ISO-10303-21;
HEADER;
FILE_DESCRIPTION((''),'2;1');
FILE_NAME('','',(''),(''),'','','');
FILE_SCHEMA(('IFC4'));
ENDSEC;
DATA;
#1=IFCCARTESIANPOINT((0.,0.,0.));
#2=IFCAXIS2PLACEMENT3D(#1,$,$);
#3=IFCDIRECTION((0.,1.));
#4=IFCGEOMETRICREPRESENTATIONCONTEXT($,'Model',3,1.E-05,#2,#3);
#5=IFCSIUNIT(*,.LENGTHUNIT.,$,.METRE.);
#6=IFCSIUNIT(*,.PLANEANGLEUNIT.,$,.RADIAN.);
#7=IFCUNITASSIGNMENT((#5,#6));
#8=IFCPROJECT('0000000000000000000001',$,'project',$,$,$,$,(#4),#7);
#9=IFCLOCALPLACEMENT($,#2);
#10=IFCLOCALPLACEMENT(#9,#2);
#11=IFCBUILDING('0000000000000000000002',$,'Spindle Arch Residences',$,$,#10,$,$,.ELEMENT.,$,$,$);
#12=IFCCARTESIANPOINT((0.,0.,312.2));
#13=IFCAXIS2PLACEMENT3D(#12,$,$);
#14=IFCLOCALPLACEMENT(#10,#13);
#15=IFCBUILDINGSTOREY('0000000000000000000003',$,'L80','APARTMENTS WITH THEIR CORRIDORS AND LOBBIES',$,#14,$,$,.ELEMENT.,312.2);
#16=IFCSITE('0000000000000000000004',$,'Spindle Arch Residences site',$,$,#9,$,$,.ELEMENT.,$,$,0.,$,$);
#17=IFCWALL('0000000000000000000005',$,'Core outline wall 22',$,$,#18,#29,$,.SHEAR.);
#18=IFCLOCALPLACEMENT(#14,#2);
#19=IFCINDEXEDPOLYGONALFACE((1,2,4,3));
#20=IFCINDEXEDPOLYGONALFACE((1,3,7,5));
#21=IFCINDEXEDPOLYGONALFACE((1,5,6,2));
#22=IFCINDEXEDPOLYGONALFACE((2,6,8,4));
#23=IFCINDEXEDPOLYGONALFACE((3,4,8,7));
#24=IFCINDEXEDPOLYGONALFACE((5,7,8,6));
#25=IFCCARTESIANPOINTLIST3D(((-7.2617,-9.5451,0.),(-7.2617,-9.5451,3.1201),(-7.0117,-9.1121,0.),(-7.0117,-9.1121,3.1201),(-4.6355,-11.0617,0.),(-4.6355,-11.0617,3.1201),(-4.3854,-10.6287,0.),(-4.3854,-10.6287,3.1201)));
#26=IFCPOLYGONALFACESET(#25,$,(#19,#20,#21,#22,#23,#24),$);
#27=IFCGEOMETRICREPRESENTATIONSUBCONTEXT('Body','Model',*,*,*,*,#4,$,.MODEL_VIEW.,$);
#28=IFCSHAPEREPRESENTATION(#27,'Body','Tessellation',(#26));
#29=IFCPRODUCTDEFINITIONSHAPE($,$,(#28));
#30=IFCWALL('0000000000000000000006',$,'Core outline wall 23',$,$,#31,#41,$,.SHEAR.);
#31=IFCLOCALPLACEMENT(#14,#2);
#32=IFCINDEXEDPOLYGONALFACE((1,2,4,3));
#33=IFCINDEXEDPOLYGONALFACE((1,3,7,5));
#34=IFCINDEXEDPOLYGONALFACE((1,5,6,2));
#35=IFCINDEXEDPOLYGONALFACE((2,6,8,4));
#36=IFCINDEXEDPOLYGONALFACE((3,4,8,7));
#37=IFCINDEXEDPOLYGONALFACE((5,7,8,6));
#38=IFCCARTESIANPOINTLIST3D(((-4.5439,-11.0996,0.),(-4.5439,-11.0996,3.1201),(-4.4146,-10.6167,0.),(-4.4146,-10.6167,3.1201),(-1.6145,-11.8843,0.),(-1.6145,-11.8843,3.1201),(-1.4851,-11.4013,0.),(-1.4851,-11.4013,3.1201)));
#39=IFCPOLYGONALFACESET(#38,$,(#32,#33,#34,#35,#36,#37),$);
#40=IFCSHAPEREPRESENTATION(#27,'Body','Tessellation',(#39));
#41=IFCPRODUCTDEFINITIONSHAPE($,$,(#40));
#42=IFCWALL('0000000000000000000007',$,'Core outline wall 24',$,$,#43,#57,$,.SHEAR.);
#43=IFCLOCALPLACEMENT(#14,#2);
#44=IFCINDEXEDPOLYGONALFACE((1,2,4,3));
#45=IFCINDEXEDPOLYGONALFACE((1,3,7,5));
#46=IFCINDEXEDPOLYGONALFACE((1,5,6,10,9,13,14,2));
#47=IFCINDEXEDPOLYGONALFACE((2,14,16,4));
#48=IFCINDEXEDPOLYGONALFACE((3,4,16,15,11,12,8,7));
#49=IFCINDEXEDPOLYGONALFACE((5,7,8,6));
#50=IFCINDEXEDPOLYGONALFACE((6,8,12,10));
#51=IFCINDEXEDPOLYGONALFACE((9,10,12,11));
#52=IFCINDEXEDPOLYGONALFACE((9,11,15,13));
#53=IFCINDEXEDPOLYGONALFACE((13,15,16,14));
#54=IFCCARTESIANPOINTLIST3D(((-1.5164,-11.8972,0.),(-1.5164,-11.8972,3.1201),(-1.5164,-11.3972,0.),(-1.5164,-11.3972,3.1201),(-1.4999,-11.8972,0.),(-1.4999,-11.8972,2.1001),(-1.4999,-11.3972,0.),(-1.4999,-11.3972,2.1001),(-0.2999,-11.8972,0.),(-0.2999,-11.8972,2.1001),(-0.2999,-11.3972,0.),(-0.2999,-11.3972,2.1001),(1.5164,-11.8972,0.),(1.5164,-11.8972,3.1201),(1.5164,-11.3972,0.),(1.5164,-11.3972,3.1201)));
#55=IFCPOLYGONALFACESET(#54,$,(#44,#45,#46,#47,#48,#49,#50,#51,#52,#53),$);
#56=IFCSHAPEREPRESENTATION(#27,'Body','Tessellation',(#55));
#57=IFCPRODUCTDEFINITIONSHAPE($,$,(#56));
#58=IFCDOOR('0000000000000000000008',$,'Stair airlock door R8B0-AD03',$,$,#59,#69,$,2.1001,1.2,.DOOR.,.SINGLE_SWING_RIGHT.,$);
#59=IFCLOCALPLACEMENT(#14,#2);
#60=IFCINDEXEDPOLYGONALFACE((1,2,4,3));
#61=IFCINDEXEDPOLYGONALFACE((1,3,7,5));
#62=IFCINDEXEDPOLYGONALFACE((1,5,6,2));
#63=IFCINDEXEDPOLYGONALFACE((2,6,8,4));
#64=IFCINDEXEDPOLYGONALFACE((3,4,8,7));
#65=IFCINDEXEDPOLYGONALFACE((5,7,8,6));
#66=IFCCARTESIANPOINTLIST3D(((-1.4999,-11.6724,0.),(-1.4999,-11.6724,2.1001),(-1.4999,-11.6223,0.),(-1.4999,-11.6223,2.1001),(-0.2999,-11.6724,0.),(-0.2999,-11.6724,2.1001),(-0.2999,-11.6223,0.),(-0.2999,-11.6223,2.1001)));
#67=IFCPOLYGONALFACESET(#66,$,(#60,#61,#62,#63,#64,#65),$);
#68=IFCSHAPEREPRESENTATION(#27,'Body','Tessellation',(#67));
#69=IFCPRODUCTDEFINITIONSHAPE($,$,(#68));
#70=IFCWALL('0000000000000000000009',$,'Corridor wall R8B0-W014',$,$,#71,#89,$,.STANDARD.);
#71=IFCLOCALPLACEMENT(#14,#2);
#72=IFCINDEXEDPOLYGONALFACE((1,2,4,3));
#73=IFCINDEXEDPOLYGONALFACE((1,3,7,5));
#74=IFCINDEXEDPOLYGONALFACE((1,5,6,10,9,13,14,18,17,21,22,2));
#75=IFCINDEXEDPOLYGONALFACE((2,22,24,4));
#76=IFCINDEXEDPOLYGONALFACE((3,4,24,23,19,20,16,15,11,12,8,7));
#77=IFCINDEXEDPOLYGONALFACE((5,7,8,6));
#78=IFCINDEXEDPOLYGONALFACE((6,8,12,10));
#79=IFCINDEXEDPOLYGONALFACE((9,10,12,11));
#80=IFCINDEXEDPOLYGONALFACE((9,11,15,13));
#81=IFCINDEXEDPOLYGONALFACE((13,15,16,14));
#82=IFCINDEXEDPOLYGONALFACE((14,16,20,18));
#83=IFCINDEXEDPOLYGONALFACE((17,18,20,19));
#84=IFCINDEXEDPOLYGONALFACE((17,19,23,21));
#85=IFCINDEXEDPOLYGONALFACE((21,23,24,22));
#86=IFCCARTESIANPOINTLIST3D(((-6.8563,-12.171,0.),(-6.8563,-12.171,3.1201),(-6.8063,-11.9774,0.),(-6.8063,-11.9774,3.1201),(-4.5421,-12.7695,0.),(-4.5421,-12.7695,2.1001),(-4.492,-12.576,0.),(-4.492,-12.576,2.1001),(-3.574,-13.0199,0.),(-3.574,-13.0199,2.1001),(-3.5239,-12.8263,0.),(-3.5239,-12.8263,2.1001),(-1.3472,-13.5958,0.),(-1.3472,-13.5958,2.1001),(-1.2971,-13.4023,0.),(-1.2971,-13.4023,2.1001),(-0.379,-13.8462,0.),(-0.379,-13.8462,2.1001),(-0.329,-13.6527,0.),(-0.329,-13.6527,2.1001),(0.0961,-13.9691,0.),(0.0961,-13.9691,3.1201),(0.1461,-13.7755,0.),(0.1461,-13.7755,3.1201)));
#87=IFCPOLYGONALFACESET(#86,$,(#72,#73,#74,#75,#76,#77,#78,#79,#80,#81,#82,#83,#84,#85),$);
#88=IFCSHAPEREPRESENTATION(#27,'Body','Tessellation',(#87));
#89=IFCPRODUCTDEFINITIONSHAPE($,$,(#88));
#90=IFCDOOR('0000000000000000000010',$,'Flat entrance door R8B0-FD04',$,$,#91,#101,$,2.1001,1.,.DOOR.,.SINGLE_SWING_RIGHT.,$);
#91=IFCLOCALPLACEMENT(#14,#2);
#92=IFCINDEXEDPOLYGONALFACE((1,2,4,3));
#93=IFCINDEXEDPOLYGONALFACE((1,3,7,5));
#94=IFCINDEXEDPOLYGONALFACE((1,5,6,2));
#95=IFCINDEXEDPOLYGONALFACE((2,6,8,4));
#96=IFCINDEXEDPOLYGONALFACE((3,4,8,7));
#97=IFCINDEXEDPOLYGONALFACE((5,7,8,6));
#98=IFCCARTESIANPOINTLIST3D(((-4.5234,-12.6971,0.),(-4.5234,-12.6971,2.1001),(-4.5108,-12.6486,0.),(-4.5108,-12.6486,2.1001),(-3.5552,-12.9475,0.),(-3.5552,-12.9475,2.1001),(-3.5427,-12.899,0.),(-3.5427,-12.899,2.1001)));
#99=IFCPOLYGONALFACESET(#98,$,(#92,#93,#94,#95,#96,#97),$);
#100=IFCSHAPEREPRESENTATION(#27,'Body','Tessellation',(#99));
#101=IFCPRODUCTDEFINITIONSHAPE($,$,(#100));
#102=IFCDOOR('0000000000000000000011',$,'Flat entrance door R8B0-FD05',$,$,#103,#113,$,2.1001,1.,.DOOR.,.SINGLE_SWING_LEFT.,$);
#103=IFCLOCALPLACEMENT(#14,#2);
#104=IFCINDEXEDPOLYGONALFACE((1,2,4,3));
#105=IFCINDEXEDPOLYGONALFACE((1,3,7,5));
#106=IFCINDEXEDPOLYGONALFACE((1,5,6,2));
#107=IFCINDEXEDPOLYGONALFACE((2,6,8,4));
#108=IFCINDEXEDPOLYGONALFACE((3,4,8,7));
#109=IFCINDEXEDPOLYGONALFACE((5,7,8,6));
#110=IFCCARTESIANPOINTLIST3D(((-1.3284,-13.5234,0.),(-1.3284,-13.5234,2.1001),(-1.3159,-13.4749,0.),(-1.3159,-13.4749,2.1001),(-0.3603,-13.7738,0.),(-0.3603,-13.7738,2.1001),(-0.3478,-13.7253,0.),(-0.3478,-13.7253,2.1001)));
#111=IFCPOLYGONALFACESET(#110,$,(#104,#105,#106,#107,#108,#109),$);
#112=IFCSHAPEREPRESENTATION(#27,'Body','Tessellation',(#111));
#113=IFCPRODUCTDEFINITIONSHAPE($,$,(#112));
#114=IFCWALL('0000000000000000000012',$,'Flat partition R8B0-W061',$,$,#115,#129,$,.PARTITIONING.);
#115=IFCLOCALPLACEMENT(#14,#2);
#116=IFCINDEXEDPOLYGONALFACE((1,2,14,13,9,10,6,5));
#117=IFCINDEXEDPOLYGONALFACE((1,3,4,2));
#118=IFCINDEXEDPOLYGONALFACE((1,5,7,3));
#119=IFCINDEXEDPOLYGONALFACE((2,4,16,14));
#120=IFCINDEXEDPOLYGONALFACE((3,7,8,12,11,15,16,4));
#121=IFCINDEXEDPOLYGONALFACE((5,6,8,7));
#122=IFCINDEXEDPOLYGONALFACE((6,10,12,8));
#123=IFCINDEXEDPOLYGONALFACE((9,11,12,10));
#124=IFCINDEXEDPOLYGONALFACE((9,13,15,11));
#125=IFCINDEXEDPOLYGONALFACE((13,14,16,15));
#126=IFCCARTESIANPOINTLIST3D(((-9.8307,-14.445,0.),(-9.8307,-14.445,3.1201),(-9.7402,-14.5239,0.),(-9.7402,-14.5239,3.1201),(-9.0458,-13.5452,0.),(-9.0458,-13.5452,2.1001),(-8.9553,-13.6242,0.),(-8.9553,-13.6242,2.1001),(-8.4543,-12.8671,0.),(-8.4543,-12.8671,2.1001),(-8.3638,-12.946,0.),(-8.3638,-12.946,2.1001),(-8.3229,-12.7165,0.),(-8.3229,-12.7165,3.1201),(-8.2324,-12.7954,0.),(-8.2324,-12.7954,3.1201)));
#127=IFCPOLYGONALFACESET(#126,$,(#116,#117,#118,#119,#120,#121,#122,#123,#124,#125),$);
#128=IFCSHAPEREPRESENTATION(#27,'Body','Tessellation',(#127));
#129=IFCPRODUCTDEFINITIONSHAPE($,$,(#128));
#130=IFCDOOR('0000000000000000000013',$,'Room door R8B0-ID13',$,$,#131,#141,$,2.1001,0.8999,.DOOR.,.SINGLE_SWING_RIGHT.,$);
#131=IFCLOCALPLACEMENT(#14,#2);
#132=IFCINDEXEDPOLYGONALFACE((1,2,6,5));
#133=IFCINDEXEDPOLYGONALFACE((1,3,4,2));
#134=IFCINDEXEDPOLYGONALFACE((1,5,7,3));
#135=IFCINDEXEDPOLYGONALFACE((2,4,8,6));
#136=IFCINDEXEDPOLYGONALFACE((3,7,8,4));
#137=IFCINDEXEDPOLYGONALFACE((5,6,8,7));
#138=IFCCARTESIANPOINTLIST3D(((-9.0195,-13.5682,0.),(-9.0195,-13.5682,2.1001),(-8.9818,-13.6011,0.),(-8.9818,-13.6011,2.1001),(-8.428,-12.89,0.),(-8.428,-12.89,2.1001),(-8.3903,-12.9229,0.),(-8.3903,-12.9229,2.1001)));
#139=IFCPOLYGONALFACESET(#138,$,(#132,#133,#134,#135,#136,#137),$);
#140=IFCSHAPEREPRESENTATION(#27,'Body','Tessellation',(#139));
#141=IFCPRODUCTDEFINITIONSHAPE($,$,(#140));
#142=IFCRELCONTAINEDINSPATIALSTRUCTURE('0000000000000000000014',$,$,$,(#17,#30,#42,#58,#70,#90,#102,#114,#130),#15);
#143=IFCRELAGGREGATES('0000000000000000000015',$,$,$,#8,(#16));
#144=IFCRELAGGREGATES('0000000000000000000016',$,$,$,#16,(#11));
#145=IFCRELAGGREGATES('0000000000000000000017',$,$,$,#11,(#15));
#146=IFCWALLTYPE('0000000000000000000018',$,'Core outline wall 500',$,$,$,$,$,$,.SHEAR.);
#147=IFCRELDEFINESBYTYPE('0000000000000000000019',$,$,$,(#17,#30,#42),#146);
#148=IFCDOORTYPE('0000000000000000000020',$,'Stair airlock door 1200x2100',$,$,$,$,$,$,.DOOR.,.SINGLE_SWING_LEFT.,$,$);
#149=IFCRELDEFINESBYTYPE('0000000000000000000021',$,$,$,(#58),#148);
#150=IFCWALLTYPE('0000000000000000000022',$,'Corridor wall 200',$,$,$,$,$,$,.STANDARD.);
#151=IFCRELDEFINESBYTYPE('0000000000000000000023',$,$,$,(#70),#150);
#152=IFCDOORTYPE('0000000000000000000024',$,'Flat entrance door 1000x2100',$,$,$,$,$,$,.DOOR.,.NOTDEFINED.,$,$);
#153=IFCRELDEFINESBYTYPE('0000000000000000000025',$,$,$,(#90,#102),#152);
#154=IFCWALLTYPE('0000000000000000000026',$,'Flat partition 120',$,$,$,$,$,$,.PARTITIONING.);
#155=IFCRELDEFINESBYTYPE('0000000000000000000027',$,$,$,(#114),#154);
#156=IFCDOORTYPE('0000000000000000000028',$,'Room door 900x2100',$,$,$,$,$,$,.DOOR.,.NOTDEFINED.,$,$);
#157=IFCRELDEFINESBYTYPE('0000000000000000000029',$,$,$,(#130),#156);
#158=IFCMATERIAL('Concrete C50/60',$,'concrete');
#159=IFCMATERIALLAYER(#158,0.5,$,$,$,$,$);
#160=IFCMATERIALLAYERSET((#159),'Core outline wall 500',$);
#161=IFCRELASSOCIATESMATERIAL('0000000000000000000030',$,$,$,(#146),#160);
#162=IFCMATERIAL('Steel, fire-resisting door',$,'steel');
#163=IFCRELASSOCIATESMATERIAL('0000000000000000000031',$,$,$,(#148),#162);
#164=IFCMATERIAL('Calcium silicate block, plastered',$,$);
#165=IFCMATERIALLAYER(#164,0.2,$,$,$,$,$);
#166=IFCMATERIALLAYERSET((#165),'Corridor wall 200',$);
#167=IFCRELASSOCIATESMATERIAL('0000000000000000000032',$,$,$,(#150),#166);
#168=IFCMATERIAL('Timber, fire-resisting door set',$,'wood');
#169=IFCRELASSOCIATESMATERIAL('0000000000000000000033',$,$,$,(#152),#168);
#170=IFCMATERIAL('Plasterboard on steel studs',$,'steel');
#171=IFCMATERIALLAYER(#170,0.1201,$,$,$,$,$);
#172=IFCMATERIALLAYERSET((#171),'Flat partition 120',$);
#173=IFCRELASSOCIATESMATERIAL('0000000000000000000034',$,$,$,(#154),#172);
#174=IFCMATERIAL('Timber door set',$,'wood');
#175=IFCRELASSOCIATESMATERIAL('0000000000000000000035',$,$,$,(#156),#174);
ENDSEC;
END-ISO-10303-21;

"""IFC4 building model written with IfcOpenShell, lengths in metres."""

from ifc_helpers import new_model, si_unit, direction, frame, frame_2d, origin, place, context, subcontext, project, spatial, rectangle, extrude, material, layer, layer_set, type_object, element, fill, save


model = new_model("IFC4")

# Units and contexts
model_context = context("Model", 3, precision=1e-05, world=origin(), true_north=direction((0.0, 1.0)))
body_context = subcontext(model_context, "Body", "Model", "MODEL_VIEW")
ifc_project = project(units=[si_unit("LENGTHUNIT", "METRE"), si_unit("PLANEANGLEUNIT", "RADIAN")], contexts=[model_context])

# Site, building, storey
site_placement = place(None, origin())
site = spatial("IfcSite", under=ifc_project, at=site_placement, Name="Spindle Arch Residences site", CompositionType="ELEMENT", RefElevation=0.0)
building_placement = place(site_placement, origin())
building = spatial("IfcBuilding", under=site, at=building_placement, Name="Spindle Arch Residences", CompositionType="ELEMENT")
storey_placement = place(building_placement, frame((0.0, 0.0, 312.2)))
storey = spatial("IfcBuildingStorey", under=building, at=storey_placement, Name="L80", Description="APARTMENTS WITH THEIR CORRIDORS AND LOBBIES", CompositionType="ELEMENT", Elevation=312.2)

# Walls
ifc_material_1 = material(Name="Concrete C50/60", Category="concrete")
ifc_layer_1 = layer(ifc_material_1, 0.5)
ifc_layer_set_1 = layer_set([ifc_layer_1], Name="Core outline wall 500")
wall_type_1 = type_object("IfcWallType", Name="Core outline wall 500", PredefinedType="SHEAR", material=ifc_layer_set_1)
for number, where, z_axis, x_axis, name in (
    (1, (-7.1367, -9.3286, 0.0), (0.0, 0.0, 1.0), (0.865975, -0.500087, 0.0), "Core outline wall 22"),
    (2, (-4.4792, -10.8582, 0.0), (0.0, 0.0, 1.0), (0.965948, -0.258735, 0.0), "Core outline wall 23"),
):
    element("IfcWall", number, at=place(storey_placement, frame(where, z_axis=z_axis, x_axis=x_axis)), inside=storey, type_object=wall_type_1, Name=name, PredefinedType="SHEAR", context=body_context, shape_type="SweptSolid", body=[
        extrude(rectangle(XDim=3.0327, YDim=0.5, at=frame_2d((1.5164, 0.0))), origin(), (0.0, 0.0, 1.0), 3.1201),
    ])

# Wall, opening, door
wall_1_placement = place(storey_placement, frame((-1.5164, -11.6472, 0.0), z_axis=(0.0, 0.0, 1.0), x_axis=(1.0, 0.0, 0.0)))
wall_1 = element("IfcWall", 3, at=wall_1_placement, inside=storey, type_object=wall_type_1, Name="Core outline wall 24", PredefinedType="SHEAR", context=body_context, shape_type="SweptSolid", body=[
    extrude(rectangle(XDim=3.0327, YDim=0.5, at=frame_2d((1.5164, 0.0))), origin(), (0.0, 0.0, 1.0), 3.1201),
])
opening_1_placement = place(wall_1_placement, frame((0.0164, 0.0, 0.0)))
opening_1 = element("IfcOpeningElement", 4, at=opening_1_placement, cuts=wall_1, PredefinedType="OPENING", context=body_context, shape_type="SweptSolid", body=[
    extrude(rectangle(XDim=1.2, YDim=2.1001, at=frame_2d((0.6001, 1.05))), frame((0.0, 0.26, 0.0), z_axis=(0.0, -1.0, 0.0), x_axis=(1.0, 0.0, 0.0)), (0.0, 0.0, 1.0), 0.52),
])
ifc_material_2 = material(Name="Steel, fire-resisting door", Category="steel")
door_type_1 = type_object("IfcDoorType", Name="Stair airlock door 1200x2100", OperationType="SINGLE_SWING_LEFT", PredefinedType="DOOR", material=ifc_material_2)
door_1_placement = place(opening_1_placement, origin())
door_1 = element("IfcDoor", 5, at=door_1_placement, inside=storey, type_object=door_type_1, Name="Stair airlock door R8B0-AD03", OperationType="SINGLE_SWING_RIGHT", OverallHeight=2.1001, OverallWidth=1.2, PredefinedType="DOOR", context=body_context, shape_type="SweptSolid", body=[
    extrude(rectangle(XDim=1.2, YDim=2.1001, at=frame_2d((0.6001, 1.05))), frame((0.0, 0.0249, 0.0), z_axis=(0.0, -1.0, 0.0), x_axis=(1.0, 0.0, 0.0)), (0.0, 0.0, 1.0), 0.05),
])
fill(opening_1, door_1)

# Wall, openings, doors
ifc_material_3 = material(Name="Calcium silicate block, plastered")
ifc_layer_2 = layer(ifc_material_3, 0.2)
ifc_layer_set_2 = layer_set([ifc_layer_2], Name="Corridor wall 200")
wall_type_2 = type_object("IfcWallType", Name="Corridor wall 200", PredefinedType="STANDARD", material=ifc_layer_set_2)
wall_2_placement = place(storey_placement, frame((-6.8313, -12.0742, 0.0), z_axis=(0.0, 0.0, 1.0), x_axis=(0.968145, -0.250391, 0.0)))
wall_2 = element("IfcWall", 6, at=wall_2_placement, inside=storey, type_object=wall_type_2, Name="Corridor wall R8B0-W014", PredefinedType="STANDARD", context=body_context, shape_type="SweptSolid", body=[
    extrude(rectangle(XDim=7.1812, YDim=0.2, at=frame_2d((3.5906, 0.0))), origin(), (0.0, 0.0, 1.0), 3.1201),
])
opening_2_placement = place(wall_2_placement, frame((2.3904, 0.0, 0.0)))
opening_2 = element("IfcOpeningElement", 7, at=opening_2_placement, cuts=wall_2, PredefinedType="OPENING", context=body_context, shape_type="SweptSolid", body=[
    extrude(rectangle(XDim=1.0, YDim=2.1001, at=frame_2d((0.5, 1.05))), frame((0.0, 0.1099, 0.0), z_axis=(0.0, -1.0, 0.0), x_axis=(1.0, 0.0, 0.0)), (0.0, 0.0, 1.0), 0.22),
])
opening_3_placement = place(wall_2_placement, frame((5.6904, 0.0, 0.0)))
opening_3 = element("IfcOpeningElement", 8, at=opening_3_placement, cuts=wall_2, PredefinedType="OPENING", context=body_context, shape_type="SweptSolid", body=[
    extrude(rectangle(XDim=1.0, YDim=2.1001, at=frame_2d((0.5, 1.05))), frame((0.0, 0.1099, 0.0), z_axis=(0.0, -1.0, 0.0), x_axis=(1.0, 0.0, 0.0)), (0.0, 0.0, 1.0), 0.22),
])
ifc_material_4 = material(Name="Timber, fire-resisting door set", Category="wood")
door_type_2 = type_object("IfcDoorType", Name="Flat entrance door 1000x2100", OperationType="NOTDEFINED", PredefinedType="DOOR", material=ifc_material_4)
door_2_placement = place(opening_2_placement, origin())
door_2 = element("IfcDoor", 9, at=door_2_placement, inside=storey, type_object=door_type_2, Name="Flat entrance door R8B0-FD04", OperationType="SINGLE_SWING_RIGHT", OverallHeight=2.1001, OverallWidth=1.0, PredefinedType="DOOR", context=body_context, shape_type="SweptSolid", body=[
    extrude(rectangle(XDim=1.0, YDim=2.1001, at=frame_2d((0.5, 1.05))), frame((0.0, 0.0249, 0.0), z_axis=(0.0, -1.0, 0.0), x_axis=(1.0, 0.0, 0.0)), (0.0, 0.0, 1.0), 0.05),
])
fill(opening_2, door_2)
door_3_placement = place(opening_3_placement, origin())
door_3 = element("IfcDoor", 10, at=door_3_placement, inside=storey, type_object=door_type_2, Name="Flat entrance door R8B0-FD05", OperationType="SINGLE_SWING_LEFT", OverallHeight=2.1001, OverallWidth=1.0, PredefinedType="DOOR", context=body_context, shape_type="SweptSolid", body=[
    extrude(rectangle(XDim=1.0, YDim=2.1001, at=frame_2d((0.5, 1.05))), frame((0.0, 0.0249, 0.0), z_axis=(0.0, -1.0, 0.0), x_axis=(1.0, 0.0, 0.0)), (0.0, 0.0, 1.0), 0.05),
])
fill(opening_3, door_3)

# Wall, opening, door
ifc_material_5 = material(Name="Plasterboard on steel studs", Category="steel")
ifc_layer_3 = layer(ifc_material_5, 0.1201)
ifc_layer_set_3 = layer_set([ifc_layer_3], Name="Flat partition 120")
wall_type_3 = type_object("IfcWallType", Name="Flat partition 120", PredefinedType="PARTITIONING", material=ifc_layer_set_3)
wall_3_placement = place(storey_placement, frame((-8.2776, -12.7559, 0.0), z_axis=(0.0, 0.0, 1.0), x_axis=(-0.657358, -0.753578, 0.0)))
wall_3 = element("IfcWall", 11, at=wall_3_placement, inside=storey, type_object=wall_type_3, Name="Flat partition R8B0-W061", PredefinedType="PARTITIONING", context=body_context, shape_type="SweptSolid", body=[
    extrude(rectangle(XDim=2.2937, YDim=0.1201, at=frame_2d((1.147, 0.0))), origin(), (0.0, 0.0, 1.0), 3.1201),
])
opening_4_placement = place(wall_3_placement, frame((0.2, 0.0, 0.0)))
opening_4 = element("IfcOpeningElement", 12, at=opening_4_placement, cuts=wall_3, PredefinedType="OPENING", context=body_context, shape_type="SweptSolid", body=[
    extrude(rectangle(XDim=0.8999, YDim=2.1001, at=frame_2d((0.45, 1.05))), frame((0.0, 0.0701, 0.0), z_axis=(0.0, -1.0, 0.0), x_axis=(1.0, 0.0, 0.0)), (0.0, 0.0, 1.0), 0.1401),
])
ifc_material_6 = material(Name="Timber door set", Category="wood")
door_type_3 = type_object("IfcDoorType", Name="Room door 900x2100", OperationType="NOTDEFINED", PredefinedType="DOOR", material=ifc_material_6)
door_4_placement = place(opening_4_placement, origin())
door_4 = element("IfcDoor", 13, at=door_4_placement, inside=storey, type_object=door_type_3, Name="Room door R8B0-ID13", OperationType="SINGLE_SWING_RIGHT", OverallHeight=2.1001, OverallWidth=0.8999, PredefinedType="DOOR", context=body_context, shape_type="SweptSolid", body=[
    extrude(rectangle(XDim=0.8999, YDim=2.1001, at=frame_2d((0.45, 1.05))), frame((0.0, 0.0249, 0.0), z_axis=(0.0, -1.0, 0.0), x_axis=(1.0, 0.0, 0.0)), (0.0, 0.0, 1.0), 0.05),
])
fill(opening_4, door_4)

save(model, "model.ifc")
